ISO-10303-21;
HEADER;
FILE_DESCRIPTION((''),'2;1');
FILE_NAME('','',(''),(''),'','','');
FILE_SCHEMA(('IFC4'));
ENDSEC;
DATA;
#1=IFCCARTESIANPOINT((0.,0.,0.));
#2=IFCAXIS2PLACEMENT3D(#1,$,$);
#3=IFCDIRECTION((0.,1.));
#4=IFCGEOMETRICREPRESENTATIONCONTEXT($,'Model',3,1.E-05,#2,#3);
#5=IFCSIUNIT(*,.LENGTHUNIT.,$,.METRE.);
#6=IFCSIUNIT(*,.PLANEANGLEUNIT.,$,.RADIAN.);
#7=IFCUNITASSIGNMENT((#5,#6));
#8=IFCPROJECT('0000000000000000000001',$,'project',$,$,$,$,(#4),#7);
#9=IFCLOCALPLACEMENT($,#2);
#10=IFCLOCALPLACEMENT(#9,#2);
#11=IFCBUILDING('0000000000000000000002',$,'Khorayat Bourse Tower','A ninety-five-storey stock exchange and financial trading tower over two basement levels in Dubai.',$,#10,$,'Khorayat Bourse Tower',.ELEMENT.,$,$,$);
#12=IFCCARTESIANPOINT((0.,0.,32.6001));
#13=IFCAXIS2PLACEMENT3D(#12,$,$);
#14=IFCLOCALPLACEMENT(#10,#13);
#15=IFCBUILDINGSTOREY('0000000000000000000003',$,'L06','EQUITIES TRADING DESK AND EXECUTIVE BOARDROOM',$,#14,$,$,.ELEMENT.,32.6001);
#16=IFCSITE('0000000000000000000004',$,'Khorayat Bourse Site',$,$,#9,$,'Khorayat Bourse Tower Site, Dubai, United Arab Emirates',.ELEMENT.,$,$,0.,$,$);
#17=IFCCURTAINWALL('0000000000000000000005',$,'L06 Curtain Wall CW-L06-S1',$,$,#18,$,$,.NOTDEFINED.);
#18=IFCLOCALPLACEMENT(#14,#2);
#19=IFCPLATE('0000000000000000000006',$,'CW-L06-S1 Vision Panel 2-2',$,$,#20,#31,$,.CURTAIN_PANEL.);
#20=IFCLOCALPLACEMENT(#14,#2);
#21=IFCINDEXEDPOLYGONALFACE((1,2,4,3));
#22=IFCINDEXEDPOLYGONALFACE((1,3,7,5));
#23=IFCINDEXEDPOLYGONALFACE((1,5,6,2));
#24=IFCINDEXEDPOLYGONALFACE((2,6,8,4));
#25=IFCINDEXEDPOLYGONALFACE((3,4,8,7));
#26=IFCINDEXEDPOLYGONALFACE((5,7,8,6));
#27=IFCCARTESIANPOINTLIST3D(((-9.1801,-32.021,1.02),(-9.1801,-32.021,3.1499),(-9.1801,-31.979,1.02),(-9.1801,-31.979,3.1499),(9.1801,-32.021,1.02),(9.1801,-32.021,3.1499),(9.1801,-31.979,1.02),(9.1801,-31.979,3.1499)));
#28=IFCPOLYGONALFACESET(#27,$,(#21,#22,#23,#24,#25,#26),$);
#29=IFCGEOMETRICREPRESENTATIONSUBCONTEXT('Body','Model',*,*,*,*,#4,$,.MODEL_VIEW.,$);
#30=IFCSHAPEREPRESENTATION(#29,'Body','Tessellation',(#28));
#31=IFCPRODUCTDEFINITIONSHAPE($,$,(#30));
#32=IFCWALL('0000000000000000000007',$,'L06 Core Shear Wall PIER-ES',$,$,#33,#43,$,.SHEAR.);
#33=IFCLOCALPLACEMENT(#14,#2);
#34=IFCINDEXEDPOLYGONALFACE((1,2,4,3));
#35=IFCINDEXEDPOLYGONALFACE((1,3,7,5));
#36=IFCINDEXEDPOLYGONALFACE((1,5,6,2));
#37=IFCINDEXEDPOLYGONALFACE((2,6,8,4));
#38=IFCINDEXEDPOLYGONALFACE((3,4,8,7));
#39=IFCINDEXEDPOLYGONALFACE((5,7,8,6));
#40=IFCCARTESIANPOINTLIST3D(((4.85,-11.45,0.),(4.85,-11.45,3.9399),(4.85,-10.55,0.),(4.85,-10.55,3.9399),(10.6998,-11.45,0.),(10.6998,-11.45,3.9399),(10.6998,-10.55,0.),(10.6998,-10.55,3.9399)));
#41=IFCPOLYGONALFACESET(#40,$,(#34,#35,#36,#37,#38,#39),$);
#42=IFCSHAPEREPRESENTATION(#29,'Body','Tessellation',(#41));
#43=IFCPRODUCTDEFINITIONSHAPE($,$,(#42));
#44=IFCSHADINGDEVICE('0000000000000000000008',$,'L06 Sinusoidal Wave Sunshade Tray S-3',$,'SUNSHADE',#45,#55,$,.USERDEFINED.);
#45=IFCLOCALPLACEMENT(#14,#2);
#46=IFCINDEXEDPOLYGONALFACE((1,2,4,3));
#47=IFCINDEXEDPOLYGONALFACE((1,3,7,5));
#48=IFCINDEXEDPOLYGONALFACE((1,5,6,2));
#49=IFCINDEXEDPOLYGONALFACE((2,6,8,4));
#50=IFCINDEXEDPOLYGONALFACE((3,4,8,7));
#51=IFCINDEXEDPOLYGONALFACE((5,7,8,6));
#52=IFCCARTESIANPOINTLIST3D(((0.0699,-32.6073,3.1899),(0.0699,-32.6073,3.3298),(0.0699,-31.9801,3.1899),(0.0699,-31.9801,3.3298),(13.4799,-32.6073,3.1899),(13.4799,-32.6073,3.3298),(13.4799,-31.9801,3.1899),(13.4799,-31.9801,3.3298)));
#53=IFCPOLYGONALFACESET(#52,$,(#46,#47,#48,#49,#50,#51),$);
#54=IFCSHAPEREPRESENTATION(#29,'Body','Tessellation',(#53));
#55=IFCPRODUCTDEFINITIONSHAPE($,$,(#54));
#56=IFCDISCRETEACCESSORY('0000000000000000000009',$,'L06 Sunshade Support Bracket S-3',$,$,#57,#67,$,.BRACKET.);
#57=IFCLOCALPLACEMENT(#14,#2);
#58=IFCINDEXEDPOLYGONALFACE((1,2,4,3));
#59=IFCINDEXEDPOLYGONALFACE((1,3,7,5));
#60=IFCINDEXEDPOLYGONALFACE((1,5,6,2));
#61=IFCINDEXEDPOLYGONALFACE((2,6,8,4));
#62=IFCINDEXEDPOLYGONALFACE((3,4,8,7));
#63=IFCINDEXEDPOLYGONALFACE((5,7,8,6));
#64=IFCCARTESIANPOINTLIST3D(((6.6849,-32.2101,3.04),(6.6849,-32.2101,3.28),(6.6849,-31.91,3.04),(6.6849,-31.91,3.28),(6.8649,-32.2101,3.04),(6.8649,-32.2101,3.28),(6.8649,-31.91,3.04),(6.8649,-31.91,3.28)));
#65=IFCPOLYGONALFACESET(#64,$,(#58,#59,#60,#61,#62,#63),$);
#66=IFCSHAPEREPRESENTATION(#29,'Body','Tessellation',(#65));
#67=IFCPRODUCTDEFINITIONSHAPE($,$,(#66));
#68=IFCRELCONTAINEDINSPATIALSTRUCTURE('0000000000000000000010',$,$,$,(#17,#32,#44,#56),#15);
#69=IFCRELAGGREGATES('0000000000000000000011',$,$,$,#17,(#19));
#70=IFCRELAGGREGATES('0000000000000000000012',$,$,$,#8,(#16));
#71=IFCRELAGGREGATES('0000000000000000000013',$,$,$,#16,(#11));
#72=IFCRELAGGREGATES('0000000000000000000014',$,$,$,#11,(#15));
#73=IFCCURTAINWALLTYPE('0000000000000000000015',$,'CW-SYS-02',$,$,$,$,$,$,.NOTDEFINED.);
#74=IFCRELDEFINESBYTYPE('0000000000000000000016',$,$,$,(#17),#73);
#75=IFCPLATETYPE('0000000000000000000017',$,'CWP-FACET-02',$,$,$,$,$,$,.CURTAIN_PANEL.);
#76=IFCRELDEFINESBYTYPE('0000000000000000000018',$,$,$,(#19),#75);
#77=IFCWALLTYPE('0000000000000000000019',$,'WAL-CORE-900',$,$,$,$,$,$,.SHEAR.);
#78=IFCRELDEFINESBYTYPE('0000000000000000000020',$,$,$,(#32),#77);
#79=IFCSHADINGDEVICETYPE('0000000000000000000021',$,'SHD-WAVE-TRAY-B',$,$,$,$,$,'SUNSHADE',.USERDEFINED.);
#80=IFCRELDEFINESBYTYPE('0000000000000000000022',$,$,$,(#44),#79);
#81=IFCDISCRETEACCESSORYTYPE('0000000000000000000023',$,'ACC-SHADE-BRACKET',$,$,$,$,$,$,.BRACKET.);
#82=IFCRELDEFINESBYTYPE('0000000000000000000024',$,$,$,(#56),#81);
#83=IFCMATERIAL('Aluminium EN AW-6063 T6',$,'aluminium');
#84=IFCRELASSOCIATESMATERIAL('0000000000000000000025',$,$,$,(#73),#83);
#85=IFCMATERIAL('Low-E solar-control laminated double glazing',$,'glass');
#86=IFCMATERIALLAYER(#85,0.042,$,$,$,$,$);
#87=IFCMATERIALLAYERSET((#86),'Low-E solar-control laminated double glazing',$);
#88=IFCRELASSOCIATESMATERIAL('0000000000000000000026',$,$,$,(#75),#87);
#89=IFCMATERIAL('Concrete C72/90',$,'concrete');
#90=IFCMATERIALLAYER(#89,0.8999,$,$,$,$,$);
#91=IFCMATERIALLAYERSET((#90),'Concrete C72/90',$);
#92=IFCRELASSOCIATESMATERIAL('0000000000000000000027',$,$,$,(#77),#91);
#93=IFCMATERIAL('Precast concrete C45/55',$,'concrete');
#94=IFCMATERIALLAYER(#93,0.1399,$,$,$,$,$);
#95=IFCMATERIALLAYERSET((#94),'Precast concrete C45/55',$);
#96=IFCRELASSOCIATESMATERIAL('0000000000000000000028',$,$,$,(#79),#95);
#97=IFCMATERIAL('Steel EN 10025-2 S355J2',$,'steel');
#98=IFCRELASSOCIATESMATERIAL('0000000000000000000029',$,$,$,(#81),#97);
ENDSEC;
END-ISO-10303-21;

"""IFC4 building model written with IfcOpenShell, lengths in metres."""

from ifc_helpers import new_model, si_unit, direction, frame, frame_2d, origin, origin_2d, place, context, subcontext, project, spatial, rectangle, extrude, source, transform, mapped, material, layer, layer_set, type_object, element, aggregate, save


model = new_model("IFC4")

# Units and contexts
model_context = context("Model", 3, precision=1e-05, world=origin(), true_north=direction((0.0, 1.0)))
body_context = subcontext(model_context, "Body", "Model", "MODEL_VIEW")
ifc_project = project(units=[si_unit("LENGTHUNIT", "METRE"), si_unit("PLANEANGLEUNIT", "RADIAN")], contexts=[model_context])

# Site, building, storey
site_placement = place(None, origin())
site = spatial("IfcSite", under=ifc_project, at=site_placement, Name="Khorayat Bourse Site", LongName="Khorayat Bourse Tower Site, Dubai, United Arab Emirates", CompositionType="ELEMENT", RefElevation=0.0)
building_placement = place(site_placement, origin())
building = spatial("IfcBuilding", under=site, at=building_placement, Name="Khorayat Bourse Tower", Description="A ninety-five-storey stock exchange and financial trading tower over two basement levels in Dubai.", LongName="Khorayat Bourse Tower", CompositionType="ELEMENT")
storey_placement = place(building_placement, frame((0.0, 0.0, 32.6001)))
storey = spatial("IfcBuildingStorey", under=building, at=storey_placement, Name="L06", Description="EQUITIES TRADING DESK AND EXECUTIVE BOARDROOM", CompositionType="ELEMENT", Elevation=32.6001)

# Shared definitions
ifc_material_1 = material(Name="Concrete C72/90", Category="concrete")

# Curtain wall
ifc_material_2 = material(Name="Aluminium EN AW-6063 T6", Category="aluminium")
curtain_wall_type = type_object("IfcCurtainWallType", Name="CW-SYS-02", PredefinedType="NOTDEFINED", material=ifc_material_2)
curtain_wall_placement = place(storey_placement, origin())
curtain_wall = element("IfcCurtainWall", 1, at=curtain_wall_placement, inside=storey, type_object=curtain_wall_type, Name="L06 Curtain Wall CW-L06-S1", PredefinedType="NOTDEFINED")

# Shared definitions
ifc_material_3 = material(Name="Steel EN 10025-2 S355J2", Category="steel")

# Plate
ifc_material_4 = material(Name="Low-E solar-control laminated double glazing", Category="glass")
ifc_layer_1 = layer(ifc_material_4, 0.042)
ifc_layer_set_1 = layer_set([ifc_layer_1], Name="Low-E solar-control laminated double glazing")
plate_type_1 = type_object("IfcPlateType", Name="CWP-FACET-02", PredefinedType="CURTAIN_PANEL", material=ifc_layer_set_1)
shared_shape_1 = source(origin(), body_context, "Body", "SweptSolid", [
    extrude(rectangle(XDim=18.3601, YDim=0.042, at=origin_2d()), origin(), (0.0, 0.0, 1.0), 2.1299),
])
plate_1_placement = place(storey_placement, frame((0.0, -32.0, 1.02), z_axis=(0.0, 0.0, 1.0), x_axis=(1.0, 0.0, 0.0)))
plate_1 = element("IfcPlate", 2, at=plate_1_placement, type_object=plate_type_1, Name="CW-L06-S1 Vision Panel 2-2", PredefinedType="CURTAIN_PANEL", context=body_context, shape_type="MappedRepresentation", body=[
    mapped(shared_shape_1, transform((0.0, 0.0, 0.0), scale=1.0)),
])
aggregate(curtain_wall, [plate_1])

# Wall
ifc_layer_2 = layer(ifc_material_1, 0.8999)
ifc_layer_set_2 = layer_set([ifc_layer_2], Name="Concrete C72/90")
wall_type_1 = type_object("IfcWallType", Name="WAL-CORE-900", PredefinedType="SHEAR", material=ifc_layer_set_2)
shared_shape_2 = source(origin(), body_context, "Body", "SweptSolid", [
    extrude(rectangle(XDim=5.8499, YDim=0.8999, at=frame_2d((2.9248, 0.0))), origin(), (0.0, 0.0, 1.0), 3.9399),
])
wall_1_placement = place(storey_placement, frame((4.8501, -11.0, 0.0), z_axis=(0.0, 0.0, 1.0), x_axis=(1.0, 0.0, 0.0)))
element("IfcWall", 3, at=wall_1_placement, inside=storey, type_object=wall_type_1, Name="L06 Core Shear Wall PIER-ES", PredefinedType="SHEAR", context=body_context, shape_type="MappedRepresentation", body=[
    mapped(shared_shape_2, transform((0.0, 0.0, 0.0), scale=1.0)),
])

# Shading device
ifc_material_5 = material(Name="Precast concrete C45/55", Category="concrete")
ifc_layer_3 = layer(ifc_material_5, 0.1399)
ifc_layer_set_3 = layer_set([ifc_layer_3], Name="Precast concrete C45/55")
shading_device_type = type_object("IfcShadingDeviceType", Name="SHD-WAVE-TRAY-B", ElementType="SUNSHADE", PredefinedType="USERDEFINED", material=ifc_layer_set_3)
shared_shape_3 = source(origin(), body_context, "Body", "SweptSolid", [
    extrude(rectangle(XDim=13.4099, YDim=0.6272, at=origin_2d()), origin(), (0.0, 0.0, 1.0), 0.1399),
])
shading_device_placement = place(storey_placement, frame((6.7749, -32.2937, 3.1899), z_axis=(0.0, 0.0, 1.0), x_axis=(1.0, 0.0, 0.0)))
element("IfcShadingDevice", 4, at=shading_device_placement, inside=storey, type_object=shading_device_type, Name="L06 Sinusoidal Wave Sunshade Tray S-3", ObjectType="SUNSHADE", PredefinedType="USERDEFINED", context=body_context, shape_type="MappedRepresentation", body=[
    mapped(shared_shape_3, transform((0.0, 0.0, 0.0), scale=1.0)),
])

# Discrete accessory
discrete_accessory_type = type_object("IfcDiscreteAccessoryType", Name="ACC-SHADE-BRACKET", PredefinedType="BRACKET", material=ifc_material_3)
shared_shape_4 = source(origin(), body_context, "Body", "SweptSolid", [
    extrude(rectangle(XDim=0.1799, YDim=0.3, at=origin_2d()), origin(), (0.0, 0.0, 1.0), 0.24),
])
discrete_accessory_placement = place(storey_placement, frame((6.7749, -32.0601, 3.04), z_axis=(0.0, 0.0, 1.0), x_axis=(1.0, 0.0, 0.0)))
element("IfcDiscreteAccessory", 5, at=discrete_accessory_placement, inside=storey, type_object=discrete_accessory_type, Name="L06 Sunshade Support Bracket S-3", PredefinedType="BRACKET", context=body_context, shape_type="MappedRepresentation", body=[
    mapped(shared_shape_4, transform((0.0, 0.0, 0.0), scale=1.0)),
])

save(model, "model.ifc")
